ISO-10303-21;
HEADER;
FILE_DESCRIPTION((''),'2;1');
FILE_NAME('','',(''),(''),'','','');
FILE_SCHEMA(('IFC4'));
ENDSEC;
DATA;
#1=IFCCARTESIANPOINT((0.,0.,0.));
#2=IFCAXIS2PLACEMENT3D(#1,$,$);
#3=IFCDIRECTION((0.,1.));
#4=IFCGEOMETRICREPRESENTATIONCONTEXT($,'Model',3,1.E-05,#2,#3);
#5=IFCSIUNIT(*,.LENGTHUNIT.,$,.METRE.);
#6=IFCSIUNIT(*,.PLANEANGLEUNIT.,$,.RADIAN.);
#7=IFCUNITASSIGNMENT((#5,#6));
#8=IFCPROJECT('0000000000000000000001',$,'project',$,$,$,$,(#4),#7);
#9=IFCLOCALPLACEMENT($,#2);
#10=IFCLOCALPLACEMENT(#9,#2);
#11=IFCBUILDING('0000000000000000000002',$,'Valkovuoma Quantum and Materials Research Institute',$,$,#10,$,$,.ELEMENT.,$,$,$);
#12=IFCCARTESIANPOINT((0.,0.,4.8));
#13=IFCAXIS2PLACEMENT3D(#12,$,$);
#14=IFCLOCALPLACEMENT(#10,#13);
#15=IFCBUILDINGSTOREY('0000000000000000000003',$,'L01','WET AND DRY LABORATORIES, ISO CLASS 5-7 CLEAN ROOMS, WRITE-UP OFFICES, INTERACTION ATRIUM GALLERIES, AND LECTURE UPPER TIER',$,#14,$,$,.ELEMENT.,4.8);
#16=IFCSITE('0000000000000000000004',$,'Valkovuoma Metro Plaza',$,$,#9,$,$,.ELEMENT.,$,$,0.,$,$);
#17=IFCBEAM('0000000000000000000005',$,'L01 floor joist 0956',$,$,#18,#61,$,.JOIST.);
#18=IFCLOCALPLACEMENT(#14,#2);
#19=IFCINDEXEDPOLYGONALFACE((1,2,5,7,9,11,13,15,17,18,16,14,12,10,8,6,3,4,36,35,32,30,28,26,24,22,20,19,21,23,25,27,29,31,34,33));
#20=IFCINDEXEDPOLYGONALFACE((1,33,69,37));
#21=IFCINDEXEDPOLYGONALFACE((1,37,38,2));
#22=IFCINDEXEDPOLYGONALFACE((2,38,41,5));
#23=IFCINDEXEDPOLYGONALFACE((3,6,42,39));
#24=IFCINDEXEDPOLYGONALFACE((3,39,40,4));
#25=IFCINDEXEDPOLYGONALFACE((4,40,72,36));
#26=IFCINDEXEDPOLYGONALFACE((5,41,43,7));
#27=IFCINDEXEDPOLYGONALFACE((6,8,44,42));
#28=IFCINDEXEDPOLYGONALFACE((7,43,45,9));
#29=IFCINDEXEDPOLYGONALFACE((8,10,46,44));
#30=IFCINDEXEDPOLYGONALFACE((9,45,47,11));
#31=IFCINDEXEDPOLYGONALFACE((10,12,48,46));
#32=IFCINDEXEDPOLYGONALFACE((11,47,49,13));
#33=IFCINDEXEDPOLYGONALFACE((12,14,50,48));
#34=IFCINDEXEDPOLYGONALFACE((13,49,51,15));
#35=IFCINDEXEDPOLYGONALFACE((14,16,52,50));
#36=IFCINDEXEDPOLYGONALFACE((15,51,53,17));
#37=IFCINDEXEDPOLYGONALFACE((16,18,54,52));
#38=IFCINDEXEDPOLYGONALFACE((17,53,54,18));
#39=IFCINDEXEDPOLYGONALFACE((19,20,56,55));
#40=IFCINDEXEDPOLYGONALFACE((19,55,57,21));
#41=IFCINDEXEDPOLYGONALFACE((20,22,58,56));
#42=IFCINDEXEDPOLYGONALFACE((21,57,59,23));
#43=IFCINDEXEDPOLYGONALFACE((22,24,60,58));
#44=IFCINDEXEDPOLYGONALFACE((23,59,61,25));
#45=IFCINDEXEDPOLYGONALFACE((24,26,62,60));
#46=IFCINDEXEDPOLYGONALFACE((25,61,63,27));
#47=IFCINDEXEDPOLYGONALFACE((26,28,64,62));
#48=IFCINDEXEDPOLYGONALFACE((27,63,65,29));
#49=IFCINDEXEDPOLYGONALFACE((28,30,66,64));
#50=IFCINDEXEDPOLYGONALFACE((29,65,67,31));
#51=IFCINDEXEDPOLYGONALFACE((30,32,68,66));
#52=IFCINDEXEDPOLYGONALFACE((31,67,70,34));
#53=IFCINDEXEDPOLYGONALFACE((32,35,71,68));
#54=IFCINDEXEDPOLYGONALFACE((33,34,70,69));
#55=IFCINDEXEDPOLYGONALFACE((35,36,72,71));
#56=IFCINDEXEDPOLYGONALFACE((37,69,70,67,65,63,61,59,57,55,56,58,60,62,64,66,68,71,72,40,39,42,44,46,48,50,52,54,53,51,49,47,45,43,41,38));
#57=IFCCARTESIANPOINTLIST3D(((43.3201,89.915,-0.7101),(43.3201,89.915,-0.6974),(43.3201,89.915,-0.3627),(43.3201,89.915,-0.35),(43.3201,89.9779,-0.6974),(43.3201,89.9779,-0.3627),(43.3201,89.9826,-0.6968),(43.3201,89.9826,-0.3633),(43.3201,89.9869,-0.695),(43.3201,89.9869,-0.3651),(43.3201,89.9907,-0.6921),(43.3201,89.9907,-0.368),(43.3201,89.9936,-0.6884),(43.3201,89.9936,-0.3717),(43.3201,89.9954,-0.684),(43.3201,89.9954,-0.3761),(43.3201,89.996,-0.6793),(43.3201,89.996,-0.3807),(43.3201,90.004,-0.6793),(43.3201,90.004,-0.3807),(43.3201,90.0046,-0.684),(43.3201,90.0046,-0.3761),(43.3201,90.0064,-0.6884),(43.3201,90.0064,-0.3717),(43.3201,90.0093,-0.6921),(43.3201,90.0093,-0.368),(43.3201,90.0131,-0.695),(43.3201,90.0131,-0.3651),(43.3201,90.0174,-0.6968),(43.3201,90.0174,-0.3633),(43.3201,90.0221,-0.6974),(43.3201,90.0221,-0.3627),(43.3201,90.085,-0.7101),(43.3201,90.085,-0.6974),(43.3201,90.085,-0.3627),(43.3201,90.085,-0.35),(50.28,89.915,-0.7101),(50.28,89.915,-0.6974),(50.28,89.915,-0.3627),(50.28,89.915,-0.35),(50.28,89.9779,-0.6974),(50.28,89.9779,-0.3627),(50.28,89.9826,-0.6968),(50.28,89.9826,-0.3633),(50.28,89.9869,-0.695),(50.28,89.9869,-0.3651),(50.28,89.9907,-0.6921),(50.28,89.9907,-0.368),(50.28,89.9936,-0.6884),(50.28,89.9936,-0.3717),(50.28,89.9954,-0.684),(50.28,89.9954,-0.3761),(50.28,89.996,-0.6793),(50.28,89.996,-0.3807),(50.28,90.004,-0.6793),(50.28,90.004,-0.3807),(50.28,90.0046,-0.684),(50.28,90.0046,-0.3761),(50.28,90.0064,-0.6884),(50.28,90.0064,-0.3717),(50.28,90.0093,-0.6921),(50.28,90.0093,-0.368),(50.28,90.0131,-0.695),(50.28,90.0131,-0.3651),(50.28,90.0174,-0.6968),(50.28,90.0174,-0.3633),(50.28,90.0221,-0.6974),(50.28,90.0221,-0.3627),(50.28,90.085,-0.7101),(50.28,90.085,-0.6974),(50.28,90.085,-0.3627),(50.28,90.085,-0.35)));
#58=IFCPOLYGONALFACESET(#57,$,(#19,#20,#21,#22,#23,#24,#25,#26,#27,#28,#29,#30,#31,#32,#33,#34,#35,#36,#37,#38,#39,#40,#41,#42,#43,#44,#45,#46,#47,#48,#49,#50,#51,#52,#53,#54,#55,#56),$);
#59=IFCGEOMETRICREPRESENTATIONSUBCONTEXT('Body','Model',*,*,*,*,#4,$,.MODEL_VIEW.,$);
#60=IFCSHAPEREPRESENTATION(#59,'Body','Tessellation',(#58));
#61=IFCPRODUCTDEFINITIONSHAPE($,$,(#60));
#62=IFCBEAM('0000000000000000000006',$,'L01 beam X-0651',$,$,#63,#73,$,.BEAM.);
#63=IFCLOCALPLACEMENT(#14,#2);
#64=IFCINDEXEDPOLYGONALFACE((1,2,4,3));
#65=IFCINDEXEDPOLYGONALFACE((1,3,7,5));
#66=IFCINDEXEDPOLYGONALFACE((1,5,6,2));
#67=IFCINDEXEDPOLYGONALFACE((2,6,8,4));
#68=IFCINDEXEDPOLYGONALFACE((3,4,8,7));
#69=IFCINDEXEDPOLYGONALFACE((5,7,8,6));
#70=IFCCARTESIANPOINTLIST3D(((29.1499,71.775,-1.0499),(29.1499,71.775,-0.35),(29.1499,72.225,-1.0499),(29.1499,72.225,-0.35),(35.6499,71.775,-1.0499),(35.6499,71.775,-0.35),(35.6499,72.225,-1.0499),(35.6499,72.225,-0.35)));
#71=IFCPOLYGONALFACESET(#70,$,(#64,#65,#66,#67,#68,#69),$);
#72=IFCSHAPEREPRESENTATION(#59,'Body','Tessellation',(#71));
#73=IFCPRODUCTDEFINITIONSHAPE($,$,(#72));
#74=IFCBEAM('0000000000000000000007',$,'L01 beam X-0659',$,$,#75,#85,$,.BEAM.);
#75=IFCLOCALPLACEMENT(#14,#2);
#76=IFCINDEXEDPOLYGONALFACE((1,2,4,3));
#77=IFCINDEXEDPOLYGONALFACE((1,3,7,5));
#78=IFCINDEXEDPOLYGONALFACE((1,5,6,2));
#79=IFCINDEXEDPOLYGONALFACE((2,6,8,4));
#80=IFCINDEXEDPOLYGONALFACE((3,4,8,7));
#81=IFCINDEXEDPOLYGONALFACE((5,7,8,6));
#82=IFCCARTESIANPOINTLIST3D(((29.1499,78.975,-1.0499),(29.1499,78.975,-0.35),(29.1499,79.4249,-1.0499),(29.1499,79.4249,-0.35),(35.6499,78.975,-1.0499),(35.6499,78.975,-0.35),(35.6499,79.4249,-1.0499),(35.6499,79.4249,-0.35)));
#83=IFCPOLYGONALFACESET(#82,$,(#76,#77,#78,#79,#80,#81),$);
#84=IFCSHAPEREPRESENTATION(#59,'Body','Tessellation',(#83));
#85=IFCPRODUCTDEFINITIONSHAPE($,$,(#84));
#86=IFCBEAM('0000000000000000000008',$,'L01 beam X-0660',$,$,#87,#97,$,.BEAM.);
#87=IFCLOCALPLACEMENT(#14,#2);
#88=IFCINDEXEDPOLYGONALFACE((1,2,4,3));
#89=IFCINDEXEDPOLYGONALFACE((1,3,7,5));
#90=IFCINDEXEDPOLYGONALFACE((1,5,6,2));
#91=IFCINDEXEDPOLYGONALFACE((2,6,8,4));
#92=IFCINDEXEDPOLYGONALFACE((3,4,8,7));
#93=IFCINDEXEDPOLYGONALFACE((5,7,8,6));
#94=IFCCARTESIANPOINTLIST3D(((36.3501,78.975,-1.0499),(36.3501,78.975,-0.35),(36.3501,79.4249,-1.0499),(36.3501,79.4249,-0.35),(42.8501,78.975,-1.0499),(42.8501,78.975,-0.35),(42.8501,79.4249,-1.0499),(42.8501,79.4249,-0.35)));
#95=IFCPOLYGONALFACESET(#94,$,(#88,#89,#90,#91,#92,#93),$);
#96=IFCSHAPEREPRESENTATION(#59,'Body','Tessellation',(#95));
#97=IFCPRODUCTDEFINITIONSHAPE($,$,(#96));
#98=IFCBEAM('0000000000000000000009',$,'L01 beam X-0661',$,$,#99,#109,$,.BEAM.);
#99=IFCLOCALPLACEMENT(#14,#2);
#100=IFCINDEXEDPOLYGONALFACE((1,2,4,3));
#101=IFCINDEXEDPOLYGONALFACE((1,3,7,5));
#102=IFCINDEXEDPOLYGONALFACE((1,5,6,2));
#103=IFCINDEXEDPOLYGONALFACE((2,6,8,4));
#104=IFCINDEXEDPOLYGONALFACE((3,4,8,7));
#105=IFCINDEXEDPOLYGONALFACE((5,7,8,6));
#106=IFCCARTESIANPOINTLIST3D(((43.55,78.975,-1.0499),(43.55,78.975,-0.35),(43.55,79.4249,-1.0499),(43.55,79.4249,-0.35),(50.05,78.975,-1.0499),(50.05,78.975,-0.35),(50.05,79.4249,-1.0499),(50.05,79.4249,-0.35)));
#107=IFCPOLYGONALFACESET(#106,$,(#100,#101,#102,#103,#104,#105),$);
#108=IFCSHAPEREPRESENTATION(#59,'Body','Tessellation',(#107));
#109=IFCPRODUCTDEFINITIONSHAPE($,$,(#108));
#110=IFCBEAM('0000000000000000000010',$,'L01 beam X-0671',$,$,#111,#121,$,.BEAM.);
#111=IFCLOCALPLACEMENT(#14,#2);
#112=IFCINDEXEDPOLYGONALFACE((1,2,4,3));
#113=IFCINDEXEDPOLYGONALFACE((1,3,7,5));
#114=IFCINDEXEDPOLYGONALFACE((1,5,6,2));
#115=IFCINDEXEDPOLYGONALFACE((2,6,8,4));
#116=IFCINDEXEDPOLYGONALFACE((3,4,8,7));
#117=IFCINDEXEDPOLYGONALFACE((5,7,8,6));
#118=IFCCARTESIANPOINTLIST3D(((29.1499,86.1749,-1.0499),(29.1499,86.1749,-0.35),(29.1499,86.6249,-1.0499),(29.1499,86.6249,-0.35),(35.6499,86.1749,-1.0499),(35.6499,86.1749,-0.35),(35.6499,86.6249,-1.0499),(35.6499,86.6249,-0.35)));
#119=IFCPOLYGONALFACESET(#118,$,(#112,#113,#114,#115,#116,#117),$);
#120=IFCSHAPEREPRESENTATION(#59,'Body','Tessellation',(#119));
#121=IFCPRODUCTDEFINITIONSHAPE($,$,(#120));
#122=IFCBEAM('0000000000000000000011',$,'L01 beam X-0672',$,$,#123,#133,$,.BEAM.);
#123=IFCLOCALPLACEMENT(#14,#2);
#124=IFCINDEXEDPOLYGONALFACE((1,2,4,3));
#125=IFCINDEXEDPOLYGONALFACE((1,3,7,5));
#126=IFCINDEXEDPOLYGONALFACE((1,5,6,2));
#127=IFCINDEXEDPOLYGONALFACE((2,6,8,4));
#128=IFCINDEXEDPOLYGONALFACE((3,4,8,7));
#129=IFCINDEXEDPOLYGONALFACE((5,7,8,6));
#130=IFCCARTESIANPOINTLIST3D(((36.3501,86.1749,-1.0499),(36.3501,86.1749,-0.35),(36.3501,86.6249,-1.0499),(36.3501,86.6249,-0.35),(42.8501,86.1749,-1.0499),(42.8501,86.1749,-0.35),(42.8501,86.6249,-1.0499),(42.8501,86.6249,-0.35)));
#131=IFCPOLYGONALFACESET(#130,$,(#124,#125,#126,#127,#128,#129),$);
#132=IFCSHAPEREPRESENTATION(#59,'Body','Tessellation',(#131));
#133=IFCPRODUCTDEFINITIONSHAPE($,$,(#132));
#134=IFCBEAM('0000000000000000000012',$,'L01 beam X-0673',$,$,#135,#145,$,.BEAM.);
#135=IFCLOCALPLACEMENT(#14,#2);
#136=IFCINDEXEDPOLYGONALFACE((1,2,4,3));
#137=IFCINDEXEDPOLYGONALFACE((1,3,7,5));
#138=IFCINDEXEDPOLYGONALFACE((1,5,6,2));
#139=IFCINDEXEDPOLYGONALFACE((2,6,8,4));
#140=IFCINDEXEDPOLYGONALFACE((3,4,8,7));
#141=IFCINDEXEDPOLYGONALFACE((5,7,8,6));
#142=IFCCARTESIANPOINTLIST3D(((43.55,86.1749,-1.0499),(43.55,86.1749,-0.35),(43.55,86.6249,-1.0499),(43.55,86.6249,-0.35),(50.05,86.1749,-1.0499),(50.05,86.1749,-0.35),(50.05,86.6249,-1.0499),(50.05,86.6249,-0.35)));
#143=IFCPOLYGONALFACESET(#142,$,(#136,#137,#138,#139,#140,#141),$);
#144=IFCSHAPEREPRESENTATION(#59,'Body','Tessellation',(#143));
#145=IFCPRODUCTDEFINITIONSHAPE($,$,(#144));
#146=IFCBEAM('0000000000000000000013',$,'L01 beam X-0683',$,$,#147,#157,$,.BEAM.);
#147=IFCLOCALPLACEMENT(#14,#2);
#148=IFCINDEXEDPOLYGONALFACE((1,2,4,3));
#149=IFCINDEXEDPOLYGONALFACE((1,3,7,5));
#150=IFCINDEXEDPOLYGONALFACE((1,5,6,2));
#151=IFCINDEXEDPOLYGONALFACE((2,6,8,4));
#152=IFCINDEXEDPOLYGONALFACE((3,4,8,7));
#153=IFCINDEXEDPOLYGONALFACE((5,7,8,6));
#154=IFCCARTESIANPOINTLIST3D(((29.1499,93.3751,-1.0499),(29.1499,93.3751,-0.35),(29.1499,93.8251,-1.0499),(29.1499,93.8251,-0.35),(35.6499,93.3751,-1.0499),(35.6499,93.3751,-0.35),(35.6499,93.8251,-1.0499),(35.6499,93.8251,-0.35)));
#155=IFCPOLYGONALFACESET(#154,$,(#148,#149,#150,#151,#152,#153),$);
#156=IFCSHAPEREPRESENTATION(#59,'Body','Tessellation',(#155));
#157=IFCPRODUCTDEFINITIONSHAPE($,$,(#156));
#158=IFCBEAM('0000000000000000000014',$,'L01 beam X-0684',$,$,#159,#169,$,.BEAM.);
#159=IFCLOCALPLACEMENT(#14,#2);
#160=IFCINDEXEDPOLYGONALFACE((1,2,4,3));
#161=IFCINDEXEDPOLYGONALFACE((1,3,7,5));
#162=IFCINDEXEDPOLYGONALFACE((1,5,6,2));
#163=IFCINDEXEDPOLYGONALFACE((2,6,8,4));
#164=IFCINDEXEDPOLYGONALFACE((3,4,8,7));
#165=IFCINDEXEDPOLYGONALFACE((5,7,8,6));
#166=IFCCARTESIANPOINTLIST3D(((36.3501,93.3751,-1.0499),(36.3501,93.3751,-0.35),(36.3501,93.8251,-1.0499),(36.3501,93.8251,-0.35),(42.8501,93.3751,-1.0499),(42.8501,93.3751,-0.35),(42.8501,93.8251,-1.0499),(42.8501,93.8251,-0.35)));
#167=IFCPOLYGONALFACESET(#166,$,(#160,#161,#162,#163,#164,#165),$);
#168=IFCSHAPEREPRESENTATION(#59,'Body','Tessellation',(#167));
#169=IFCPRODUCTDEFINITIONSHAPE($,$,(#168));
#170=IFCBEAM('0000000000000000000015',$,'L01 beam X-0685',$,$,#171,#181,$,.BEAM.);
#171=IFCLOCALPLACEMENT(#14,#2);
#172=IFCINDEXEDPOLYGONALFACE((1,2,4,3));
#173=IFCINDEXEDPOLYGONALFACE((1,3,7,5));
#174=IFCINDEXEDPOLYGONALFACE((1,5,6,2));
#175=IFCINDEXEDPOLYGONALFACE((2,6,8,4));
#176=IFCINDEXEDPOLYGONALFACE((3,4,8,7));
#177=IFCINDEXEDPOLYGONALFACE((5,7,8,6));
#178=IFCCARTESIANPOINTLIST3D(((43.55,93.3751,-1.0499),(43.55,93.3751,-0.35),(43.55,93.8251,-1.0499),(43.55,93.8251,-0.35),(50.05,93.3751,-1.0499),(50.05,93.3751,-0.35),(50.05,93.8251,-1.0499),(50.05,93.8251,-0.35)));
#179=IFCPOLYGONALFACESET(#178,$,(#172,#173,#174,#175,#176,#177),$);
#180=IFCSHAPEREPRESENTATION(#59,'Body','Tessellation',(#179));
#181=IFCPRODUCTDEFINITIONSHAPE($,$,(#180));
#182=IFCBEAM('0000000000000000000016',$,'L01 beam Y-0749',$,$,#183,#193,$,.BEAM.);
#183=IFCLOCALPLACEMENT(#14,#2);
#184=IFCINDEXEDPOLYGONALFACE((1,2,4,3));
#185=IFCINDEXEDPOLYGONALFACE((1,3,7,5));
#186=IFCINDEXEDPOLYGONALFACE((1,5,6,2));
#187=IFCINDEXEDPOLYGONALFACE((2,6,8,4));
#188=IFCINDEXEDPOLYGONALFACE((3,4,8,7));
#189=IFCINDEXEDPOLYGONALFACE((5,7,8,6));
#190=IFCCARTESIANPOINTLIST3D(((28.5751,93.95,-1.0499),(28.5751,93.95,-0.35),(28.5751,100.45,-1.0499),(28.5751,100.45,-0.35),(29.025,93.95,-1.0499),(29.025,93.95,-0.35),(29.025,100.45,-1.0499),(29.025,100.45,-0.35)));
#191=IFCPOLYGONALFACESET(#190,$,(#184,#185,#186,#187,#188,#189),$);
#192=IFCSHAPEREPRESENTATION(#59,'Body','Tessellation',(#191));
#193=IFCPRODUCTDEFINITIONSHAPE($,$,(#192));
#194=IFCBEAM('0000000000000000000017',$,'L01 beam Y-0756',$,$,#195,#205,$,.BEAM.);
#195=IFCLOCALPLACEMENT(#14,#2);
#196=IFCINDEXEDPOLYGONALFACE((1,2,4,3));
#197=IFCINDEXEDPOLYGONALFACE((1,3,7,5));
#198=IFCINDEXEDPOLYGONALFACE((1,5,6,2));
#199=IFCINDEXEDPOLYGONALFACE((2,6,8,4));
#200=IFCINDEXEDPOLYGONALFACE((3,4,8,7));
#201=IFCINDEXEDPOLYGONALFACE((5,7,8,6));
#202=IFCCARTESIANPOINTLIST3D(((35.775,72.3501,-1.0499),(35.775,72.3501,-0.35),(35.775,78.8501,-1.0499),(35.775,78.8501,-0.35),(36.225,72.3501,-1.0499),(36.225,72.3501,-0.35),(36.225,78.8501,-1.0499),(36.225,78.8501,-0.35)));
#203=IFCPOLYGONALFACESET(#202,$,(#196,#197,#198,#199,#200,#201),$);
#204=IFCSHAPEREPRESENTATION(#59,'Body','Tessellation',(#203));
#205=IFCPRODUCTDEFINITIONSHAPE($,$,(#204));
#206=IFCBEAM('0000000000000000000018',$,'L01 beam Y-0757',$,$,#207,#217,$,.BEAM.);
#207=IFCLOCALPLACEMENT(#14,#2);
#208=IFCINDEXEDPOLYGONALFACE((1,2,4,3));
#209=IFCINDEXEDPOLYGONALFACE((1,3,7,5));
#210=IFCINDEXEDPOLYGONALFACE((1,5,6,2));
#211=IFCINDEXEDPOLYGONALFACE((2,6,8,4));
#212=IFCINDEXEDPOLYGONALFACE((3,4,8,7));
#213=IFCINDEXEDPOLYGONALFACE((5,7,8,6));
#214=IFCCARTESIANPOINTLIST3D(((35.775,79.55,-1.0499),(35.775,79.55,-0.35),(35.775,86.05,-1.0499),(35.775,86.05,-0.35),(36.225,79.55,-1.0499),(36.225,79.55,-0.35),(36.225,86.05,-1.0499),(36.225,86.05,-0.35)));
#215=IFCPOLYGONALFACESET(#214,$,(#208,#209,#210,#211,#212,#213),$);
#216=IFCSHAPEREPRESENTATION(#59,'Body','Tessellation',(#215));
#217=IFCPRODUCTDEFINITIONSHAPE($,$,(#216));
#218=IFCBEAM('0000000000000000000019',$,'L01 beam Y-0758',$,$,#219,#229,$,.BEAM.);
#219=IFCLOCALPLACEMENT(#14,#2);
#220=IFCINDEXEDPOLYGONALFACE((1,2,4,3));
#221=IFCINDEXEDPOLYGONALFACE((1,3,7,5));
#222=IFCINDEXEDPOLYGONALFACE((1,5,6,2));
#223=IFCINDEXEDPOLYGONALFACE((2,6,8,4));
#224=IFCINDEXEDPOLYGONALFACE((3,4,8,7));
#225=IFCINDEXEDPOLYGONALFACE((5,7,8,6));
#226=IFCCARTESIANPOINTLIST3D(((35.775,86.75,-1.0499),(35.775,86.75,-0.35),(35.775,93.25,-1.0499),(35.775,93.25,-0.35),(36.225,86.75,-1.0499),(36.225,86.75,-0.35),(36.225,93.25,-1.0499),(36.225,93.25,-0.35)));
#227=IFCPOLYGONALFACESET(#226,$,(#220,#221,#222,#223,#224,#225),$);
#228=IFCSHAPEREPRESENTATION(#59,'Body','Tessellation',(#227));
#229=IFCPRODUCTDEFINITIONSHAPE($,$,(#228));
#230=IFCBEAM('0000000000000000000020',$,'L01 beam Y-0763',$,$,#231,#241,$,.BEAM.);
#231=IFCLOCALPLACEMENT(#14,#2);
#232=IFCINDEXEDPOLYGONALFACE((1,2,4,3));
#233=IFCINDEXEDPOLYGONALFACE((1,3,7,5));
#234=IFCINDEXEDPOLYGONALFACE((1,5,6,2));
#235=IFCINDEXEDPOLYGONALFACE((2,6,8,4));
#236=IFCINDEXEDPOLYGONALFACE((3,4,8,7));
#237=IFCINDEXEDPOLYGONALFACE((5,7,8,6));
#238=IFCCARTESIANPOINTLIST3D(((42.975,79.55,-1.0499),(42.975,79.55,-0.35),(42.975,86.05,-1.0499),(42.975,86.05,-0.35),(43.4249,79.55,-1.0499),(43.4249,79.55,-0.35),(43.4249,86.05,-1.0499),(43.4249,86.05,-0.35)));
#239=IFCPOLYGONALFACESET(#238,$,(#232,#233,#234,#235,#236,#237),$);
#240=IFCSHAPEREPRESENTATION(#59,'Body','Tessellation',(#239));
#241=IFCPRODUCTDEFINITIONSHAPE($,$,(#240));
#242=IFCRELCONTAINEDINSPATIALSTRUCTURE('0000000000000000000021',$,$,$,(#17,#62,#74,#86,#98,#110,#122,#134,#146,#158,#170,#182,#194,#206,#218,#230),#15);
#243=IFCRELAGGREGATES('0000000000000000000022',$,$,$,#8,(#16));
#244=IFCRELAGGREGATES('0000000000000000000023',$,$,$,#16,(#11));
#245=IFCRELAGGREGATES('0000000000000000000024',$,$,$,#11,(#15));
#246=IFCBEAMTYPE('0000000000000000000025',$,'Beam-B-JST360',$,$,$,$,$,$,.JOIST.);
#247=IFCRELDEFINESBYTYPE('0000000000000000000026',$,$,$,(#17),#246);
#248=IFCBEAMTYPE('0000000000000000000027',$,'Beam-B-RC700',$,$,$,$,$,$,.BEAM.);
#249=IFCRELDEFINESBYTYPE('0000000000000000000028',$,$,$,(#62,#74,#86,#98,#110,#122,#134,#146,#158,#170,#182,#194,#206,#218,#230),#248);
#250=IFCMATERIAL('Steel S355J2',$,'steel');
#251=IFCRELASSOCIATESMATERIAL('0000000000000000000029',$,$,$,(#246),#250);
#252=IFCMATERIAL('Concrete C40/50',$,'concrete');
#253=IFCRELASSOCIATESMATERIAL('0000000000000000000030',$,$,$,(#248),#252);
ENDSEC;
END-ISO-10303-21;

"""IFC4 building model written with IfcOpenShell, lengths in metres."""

from ifc_helpers import new_model, si_unit, direction, frame, origin, origin_2d, place, context, subcontext, project, spatial, rectangle, i_section, extrude, material, material_profile, profile_set, type_object, element, save


model = new_model("IFC4")

# Units and contexts
model_context = context("Model", 3, precision=1e-05, world=origin(), true_north=direction((0.0, 1.0)))
body_context = subcontext(model_context, "Body", "Model", "MODEL_VIEW")
ifc_project = project(units=[si_unit("LENGTHUNIT", "METRE"), si_unit("PLANEANGLEUNIT", "RADIAN")], contexts=[model_context])

# Site, building, storey
site_placement = place(None, origin())
site = spatial("IfcSite", under=ifc_project, at=site_placement, Name="Valkovuoma Metro Plaza", CompositionType="ELEMENT", RefElevation=0.0)
building_placement = place(site_placement, origin())
building = spatial("IfcBuilding", under=site, at=building_placement, Name="Valkovuoma Quantum and Materials Research Institute", CompositionType="ELEMENT")
storey_placement = place(building_placement, frame((0.0, 0.0, 4.8)))
storey = spatial("IfcBuildingStorey", under=building, at=storey_placement, Name="L01", Description="WET AND DRY LABORATORIES, ISO CLASS 5-7 CLEAN ROOMS, WRITE-UP OFFICES, INTERACTION ATRIUM GALLERIES, AND LECTURE UPPER TIER", CompositionType="ELEMENT", Elevation=4.8)

# Beams
ifc_material_1 = material(Name="Steel S355J2", Category="steel")
ifc_material_profile_1 = material_profile(ifc_material_1, i_section(OverallWidth=0.1699, OverallDepth=0.3601, WebThickness=0.0081, FlangeThickness=0.0127, FilletRadius=0.0181, at=origin_2d()), Name="Steel S355J2")
ifc_profile_set_1 = profile_set([ifc_material_profile_1], Name="Steel S355J2")
beam_type_1 = type_object("IfcBeamType", Name="Beam-B-JST360", PredefinedType="JOIST", material=ifc_profile_set_1)
for number, where, z_axis, x_axis, name in (
    (1, (43.3201, 90.0, -0.53), (1.0, 0.0, 0.0), (0.0, 1.0, 0.0), "L01 floor joist 0956"),
):
    element("IfcBeam", number, at=place(storey_placement, frame(where, z_axis=z_axis, x_axis=x_axis)), inside=storey, type_object=beam_type_1, Name=name, PredefinedType="JOIST", context=body_context, shape_type="SweptSolid", body=[
        extrude(i_section(OverallWidth=0.1699, OverallDepth=0.3601, WebThickness=0.0081, FlangeThickness=0.0127, FilletRadius=0.0181, at=origin_2d()), origin(), (0.0, 0.0, 1.0), 6.96),
    ])
ifc_material_2 = material(Name="Concrete C40/50", Category="concrete")
ifc_material_profile_2 = material_profile(ifc_material_2, rectangle(XDim=0.45, YDim=0.7, at=origin_2d()), Name="Concrete C40/50")
ifc_profile_set_2 = profile_set([ifc_material_profile_2], Name="Concrete C40/50")
beam_type_2 = type_object("IfcBeamType", Name="Beam-B-RC700", PredefinedType="BEAM", material=ifc_profile_set_2)
for number, where, z_axis, x_axis, name in (
    (2, (29.1499, 72.0, -0.7), (1.0, 0.0, 0.0), (0.0, 1.0, 0.0), "L01 beam X-0651"),
    (3, (29.1499, 79.2, -0.7), (1.0, 0.0, 0.0), (0.0, 1.0, 0.0), "L01 beam X-0659"),
    (4, (36.3501, 79.2, -0.7), (1.0, 0.0, 0.0), (0.0, 1.0, 0.0), "L01 beam X-0660"),
    (5, (43.55, 79.2, -0.7), (1.0, 0.0, 0.0), (0.0, 1.0, 0.0), "L01 beam X-0661"),
    (6, (29.1499, 86.3999, -0.7), (1.0, 0.0, 0.0), (0.0, 1.0, 0.0), "L01 beam X-0671"),
    (7, (36.3501, 86.3999, -0.7), (1.0, 0.0, 0.0), (0.0, 1.0, 0.0), "L01 beam X-0672"),
    (8, (43.55, 86.3999, -0.7), (1.0, 0.0, 0.0), (0.0, 1.0, 0.0), "L01 beam X-0673"),
    (9, (29.1499, 93.6001, -0.7), (1.0, 0.0, 0.0), (0.0, 1.0, 0.0), "L01 beam X-0683"),
    (10, (36.3501, 93.6001, -0.7), (1.0, 0.0, 0.0), (0.0, 1.0, 0.0), "L01 beam X-0684"),
    (11, (43.55, 93.6001, -0.7), (1.0, 0.0, 0.0), (0.0, 1.0, 0.0), "L01 beam X-0685"),
    (12, (28.8, 93.95, -0.7), (0.0, 1.0, 0.0), (-1.0, 0.0, 0.0), "L01 beam Y-0749"),
    (13, (36.0, 72.3501, -0.7), (0.0, 1.0, 0.0), (-1.0, 0.0, 0.0), "L01 beam Y-0756"),
    (14, (36.0, 79.55, -0.7), (0.0, 1.0, 0.0), (-1.0, 0.0, 0.0), "L01 beam Y-0757"),
    (15, (36.0, 86.75, -0.7), (0.0, 1.0, 0.0), (-1.0, 0.0, 0.0), "L01 beam Y-0758"),
    (16, (43.2, 79.55, -0.7), (0.0, 1.0, 0.0), (-1.0, 0.0, 0.0), "L01 beam Y-0763"),
):
    element("IfcBeam", number, at=place(storey_placement, frame(where, z_axis=z_axis, x_axis=x_axis)), inside=storey, type_object=beam_type_2, Name=name, PredefinedType="BEAM", context=body_context, shape_type="SweptSolid", body=[
        extrude(rectangle(XDim=0.45, YDim=0.7, at=origin_2d()), origin(), (0.0, 0.0, 1.0), 6.5),
    ])

save(model, "model.ifc")
